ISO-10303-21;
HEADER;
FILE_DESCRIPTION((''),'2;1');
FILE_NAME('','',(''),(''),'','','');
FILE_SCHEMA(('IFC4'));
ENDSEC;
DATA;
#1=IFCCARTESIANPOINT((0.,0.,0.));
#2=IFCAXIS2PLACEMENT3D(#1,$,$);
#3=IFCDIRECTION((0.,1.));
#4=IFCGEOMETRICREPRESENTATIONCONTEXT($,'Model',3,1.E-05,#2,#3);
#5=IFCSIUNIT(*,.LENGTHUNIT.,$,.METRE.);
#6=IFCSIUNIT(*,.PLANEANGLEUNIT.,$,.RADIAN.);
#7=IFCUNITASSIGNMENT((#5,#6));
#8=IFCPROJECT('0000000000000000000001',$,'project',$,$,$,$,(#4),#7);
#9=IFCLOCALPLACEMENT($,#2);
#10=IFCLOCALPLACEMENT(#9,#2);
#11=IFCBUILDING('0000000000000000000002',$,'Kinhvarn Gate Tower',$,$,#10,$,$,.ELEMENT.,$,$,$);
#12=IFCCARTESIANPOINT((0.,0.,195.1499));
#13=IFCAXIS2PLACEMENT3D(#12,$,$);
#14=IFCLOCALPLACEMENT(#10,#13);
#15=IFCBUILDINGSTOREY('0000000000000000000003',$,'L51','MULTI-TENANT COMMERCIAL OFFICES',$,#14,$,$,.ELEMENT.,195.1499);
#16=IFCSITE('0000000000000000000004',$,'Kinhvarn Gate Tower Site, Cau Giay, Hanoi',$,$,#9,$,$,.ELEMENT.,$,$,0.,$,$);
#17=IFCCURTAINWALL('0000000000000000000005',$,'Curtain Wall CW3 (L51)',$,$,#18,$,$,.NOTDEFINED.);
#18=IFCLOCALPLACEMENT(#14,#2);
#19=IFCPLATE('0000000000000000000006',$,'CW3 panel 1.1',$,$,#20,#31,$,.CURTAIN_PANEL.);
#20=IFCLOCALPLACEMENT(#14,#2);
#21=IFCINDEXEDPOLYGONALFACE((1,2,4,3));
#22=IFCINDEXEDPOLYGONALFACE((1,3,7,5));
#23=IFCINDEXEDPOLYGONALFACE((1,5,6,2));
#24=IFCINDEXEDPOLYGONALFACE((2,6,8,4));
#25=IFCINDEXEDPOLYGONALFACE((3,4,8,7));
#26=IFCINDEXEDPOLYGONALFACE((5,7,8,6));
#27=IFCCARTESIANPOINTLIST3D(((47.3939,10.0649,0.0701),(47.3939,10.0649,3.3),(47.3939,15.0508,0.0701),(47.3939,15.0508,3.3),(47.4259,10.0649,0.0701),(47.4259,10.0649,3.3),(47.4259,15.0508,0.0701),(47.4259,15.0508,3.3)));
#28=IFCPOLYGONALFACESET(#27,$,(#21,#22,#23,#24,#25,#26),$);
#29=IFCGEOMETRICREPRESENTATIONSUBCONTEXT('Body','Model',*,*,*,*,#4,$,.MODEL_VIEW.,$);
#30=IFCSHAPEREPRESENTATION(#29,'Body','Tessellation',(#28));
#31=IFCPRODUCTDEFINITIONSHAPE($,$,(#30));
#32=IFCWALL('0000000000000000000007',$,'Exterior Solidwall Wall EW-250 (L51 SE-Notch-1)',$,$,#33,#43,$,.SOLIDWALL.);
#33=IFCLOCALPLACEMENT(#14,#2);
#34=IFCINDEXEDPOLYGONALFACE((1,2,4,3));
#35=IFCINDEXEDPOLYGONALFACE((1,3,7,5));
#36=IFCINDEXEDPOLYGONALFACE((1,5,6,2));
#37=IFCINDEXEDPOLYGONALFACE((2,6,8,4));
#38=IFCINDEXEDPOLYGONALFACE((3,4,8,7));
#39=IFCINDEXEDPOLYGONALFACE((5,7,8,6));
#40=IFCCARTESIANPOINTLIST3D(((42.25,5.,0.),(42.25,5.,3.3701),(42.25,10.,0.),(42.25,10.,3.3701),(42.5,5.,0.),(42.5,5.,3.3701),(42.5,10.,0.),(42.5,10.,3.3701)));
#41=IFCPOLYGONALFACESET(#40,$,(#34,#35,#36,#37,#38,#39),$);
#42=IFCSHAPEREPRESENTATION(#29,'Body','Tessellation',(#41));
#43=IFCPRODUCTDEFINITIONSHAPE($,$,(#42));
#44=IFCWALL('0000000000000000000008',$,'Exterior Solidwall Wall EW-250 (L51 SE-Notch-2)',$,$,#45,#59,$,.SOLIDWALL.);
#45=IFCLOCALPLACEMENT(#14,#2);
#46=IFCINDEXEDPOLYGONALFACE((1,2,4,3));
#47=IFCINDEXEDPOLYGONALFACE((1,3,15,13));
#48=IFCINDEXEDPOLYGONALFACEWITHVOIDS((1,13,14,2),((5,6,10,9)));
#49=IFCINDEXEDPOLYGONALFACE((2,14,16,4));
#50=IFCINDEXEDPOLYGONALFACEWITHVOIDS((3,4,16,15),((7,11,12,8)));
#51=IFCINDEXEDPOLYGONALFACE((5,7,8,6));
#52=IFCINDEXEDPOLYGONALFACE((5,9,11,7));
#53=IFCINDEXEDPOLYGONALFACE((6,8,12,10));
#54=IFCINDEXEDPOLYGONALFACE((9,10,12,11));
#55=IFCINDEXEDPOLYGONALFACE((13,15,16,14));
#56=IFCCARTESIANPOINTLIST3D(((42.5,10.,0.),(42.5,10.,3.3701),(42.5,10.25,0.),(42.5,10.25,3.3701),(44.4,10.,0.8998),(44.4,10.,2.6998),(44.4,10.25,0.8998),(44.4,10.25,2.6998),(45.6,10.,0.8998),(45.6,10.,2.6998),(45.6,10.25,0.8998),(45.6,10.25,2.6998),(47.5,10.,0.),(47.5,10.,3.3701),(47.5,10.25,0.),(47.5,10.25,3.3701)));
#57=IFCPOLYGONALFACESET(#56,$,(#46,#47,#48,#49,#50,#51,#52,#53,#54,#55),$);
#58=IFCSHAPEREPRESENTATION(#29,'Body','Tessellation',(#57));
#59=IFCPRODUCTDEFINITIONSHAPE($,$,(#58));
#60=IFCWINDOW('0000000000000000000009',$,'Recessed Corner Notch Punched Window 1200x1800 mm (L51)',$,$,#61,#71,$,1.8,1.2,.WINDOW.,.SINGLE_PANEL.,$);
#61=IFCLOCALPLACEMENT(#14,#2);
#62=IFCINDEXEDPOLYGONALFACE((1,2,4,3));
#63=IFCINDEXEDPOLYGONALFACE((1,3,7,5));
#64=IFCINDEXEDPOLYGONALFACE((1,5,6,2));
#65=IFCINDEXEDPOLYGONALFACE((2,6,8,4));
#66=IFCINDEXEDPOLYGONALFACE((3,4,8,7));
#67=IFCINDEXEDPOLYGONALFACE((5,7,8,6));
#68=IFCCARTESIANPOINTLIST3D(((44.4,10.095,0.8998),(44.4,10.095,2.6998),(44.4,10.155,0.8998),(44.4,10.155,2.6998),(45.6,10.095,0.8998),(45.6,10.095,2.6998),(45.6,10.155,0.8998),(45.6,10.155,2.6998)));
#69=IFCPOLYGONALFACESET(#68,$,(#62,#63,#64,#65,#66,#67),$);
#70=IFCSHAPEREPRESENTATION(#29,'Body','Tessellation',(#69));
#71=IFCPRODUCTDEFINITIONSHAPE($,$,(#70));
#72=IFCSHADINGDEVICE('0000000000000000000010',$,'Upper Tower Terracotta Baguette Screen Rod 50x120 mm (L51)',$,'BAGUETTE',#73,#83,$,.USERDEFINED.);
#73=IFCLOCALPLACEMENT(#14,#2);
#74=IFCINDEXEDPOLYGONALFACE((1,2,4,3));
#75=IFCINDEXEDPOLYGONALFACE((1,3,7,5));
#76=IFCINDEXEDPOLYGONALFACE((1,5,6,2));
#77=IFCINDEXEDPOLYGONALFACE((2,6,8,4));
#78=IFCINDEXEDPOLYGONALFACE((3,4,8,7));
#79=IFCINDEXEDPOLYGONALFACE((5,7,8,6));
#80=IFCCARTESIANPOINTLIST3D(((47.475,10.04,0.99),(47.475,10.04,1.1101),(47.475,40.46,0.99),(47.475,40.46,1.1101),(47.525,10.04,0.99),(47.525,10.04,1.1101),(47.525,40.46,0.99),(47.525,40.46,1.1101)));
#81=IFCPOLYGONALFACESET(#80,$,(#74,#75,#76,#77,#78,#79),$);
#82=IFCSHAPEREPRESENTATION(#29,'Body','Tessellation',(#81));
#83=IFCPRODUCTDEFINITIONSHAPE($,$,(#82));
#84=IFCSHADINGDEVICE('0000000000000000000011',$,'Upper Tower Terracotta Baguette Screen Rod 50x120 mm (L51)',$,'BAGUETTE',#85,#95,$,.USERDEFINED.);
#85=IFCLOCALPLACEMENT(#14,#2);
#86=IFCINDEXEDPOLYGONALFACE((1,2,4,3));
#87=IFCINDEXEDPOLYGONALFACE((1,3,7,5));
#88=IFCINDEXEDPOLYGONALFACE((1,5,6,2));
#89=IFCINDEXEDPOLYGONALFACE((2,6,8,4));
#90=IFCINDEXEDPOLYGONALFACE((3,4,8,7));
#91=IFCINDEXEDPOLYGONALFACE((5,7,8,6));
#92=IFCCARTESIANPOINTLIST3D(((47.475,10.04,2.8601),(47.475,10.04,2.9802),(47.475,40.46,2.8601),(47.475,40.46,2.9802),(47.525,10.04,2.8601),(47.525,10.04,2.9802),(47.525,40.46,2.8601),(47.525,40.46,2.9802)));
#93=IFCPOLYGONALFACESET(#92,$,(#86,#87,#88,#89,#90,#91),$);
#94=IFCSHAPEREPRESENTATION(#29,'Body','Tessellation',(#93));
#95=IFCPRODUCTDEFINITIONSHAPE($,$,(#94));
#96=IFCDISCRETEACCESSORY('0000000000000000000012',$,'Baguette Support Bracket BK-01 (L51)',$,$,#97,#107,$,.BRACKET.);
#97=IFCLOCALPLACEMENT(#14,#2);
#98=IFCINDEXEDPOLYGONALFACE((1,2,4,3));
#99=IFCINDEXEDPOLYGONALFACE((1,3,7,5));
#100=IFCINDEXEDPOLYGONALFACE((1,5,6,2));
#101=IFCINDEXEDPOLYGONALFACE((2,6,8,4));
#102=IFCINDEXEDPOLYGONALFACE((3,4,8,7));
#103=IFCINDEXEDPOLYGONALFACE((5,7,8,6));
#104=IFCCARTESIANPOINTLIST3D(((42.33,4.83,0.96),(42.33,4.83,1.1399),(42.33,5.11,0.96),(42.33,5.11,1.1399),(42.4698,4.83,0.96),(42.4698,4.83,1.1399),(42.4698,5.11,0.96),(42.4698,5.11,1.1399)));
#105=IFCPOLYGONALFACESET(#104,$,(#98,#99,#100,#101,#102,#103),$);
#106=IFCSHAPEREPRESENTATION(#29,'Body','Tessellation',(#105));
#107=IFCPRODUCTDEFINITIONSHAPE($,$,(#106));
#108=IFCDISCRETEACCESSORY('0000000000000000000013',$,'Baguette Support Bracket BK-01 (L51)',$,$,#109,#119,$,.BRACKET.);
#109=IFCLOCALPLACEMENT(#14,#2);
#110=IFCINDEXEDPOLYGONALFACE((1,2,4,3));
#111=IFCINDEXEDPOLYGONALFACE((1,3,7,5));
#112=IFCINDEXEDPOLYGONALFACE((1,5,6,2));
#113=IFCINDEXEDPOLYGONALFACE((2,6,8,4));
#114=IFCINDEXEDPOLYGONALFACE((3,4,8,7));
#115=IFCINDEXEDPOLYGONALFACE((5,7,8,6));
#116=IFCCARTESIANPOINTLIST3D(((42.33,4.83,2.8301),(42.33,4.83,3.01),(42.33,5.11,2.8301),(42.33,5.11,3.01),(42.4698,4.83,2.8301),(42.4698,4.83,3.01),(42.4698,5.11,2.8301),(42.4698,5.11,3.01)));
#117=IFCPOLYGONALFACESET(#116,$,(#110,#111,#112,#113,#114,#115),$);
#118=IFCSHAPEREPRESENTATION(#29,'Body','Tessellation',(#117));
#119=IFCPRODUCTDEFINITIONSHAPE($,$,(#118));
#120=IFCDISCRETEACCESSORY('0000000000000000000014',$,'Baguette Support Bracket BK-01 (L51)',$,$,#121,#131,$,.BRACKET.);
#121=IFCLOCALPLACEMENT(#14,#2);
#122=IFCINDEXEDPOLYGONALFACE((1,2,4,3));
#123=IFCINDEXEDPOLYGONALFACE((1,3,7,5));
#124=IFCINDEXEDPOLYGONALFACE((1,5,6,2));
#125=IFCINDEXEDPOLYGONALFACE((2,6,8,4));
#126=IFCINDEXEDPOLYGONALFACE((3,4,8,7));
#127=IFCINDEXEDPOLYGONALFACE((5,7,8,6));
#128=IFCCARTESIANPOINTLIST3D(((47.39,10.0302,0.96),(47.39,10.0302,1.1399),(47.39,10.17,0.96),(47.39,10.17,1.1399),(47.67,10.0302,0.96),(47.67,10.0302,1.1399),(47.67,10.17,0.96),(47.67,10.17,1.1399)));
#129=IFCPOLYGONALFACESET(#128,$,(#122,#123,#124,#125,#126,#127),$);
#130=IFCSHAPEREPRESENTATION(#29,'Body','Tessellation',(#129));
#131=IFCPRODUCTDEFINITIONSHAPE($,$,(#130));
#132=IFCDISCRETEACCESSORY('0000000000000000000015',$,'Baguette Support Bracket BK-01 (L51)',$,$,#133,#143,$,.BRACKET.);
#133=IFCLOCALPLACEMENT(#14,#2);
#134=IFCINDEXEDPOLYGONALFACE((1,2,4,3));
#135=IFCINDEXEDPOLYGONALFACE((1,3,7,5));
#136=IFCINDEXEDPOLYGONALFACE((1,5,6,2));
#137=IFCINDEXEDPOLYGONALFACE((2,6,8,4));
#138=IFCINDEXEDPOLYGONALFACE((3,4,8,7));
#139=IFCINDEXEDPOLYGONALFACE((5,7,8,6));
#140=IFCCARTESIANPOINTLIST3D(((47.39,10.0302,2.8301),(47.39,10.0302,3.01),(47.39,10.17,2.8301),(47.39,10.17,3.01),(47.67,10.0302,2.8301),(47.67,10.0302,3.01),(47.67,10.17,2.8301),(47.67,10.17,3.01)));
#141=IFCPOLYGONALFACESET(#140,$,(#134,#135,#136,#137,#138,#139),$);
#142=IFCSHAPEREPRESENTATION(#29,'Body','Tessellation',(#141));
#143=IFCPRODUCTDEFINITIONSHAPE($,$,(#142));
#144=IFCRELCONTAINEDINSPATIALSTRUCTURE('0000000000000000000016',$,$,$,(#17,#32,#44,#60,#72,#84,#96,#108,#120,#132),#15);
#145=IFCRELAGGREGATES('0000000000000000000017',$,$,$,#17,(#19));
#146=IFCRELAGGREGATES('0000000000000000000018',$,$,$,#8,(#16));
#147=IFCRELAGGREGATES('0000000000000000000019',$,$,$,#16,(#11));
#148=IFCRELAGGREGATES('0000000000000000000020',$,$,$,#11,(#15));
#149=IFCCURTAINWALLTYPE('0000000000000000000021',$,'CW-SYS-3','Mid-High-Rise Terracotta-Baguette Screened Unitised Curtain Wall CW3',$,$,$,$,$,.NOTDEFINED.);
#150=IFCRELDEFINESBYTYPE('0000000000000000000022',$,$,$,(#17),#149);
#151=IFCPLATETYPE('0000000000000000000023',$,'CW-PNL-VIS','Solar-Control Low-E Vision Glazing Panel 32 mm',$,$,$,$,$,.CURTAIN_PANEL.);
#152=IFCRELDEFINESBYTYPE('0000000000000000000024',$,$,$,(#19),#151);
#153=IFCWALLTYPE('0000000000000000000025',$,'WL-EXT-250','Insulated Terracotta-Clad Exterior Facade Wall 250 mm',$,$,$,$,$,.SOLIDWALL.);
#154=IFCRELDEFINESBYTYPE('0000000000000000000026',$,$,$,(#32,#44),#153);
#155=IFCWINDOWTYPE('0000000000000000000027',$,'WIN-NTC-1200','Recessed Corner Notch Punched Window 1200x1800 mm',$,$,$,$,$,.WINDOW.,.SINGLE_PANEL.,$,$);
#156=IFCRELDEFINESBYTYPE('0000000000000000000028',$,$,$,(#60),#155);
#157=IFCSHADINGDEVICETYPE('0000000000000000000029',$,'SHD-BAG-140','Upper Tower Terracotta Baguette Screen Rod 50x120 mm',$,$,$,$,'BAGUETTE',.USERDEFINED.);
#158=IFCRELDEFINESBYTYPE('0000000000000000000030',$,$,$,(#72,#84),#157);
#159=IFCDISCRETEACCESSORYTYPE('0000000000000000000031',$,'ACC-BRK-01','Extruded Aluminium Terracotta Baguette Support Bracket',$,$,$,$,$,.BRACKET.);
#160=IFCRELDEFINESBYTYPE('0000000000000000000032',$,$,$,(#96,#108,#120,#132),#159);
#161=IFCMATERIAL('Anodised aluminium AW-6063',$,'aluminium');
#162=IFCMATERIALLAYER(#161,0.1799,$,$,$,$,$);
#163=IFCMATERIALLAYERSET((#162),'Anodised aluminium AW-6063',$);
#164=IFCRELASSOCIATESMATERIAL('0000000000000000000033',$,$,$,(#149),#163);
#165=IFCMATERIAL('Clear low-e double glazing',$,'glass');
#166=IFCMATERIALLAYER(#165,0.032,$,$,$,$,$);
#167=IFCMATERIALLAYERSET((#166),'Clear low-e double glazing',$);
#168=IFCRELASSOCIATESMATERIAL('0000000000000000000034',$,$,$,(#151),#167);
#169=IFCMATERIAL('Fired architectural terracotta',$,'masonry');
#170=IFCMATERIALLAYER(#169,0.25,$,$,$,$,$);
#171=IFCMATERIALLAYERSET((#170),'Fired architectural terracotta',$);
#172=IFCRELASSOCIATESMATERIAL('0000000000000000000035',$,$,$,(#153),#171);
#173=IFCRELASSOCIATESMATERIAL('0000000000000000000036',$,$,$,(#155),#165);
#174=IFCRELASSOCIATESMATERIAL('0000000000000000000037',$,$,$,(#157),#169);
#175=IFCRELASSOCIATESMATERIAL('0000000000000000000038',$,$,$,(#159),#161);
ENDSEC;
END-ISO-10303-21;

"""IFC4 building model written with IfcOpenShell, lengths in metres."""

from ifc_helpers import new_model, si_unit, direction, frame, frame_2d, origin, origin_2d, place, context, subcontext, project, spatial, rectangle, extrude, material, layer, layer_set, material_profile, profile_set, type_object, element, fill, aggregate, save


model = new_model("IFC4")

# Units and contexts
model_context = context("Model", 3, precision=1e-05, world=origin(), true_north=direction((0.0, 1.0)))
body_context = subcontext(model_context, "Body", "Model", "MODEL_VIEW")
ifc_project = project(units=[si_unit("LENGTHUNIT", "METRE"), si_unit("PLANEANGLEUNIT", "RADIAN")], contexts=[model_context])

# Site, building, storey
site_placement = place(None, origin())
site = spatial("IfcSite", under=ifc_project, at=site_placement, Name="Kinhvarn Gate Tower Site, Cau Giay, Hanoi", CompositionType="ELEMENT", RefElevation=0.0)
building_placement = place(site_placement, origin())
building = spatial("IfcBuilding", under=site, at=building_placement, Name="Kinhvarn Gate Tower", CompositionType="ELEMENT")
storey_placement = place(building_placement, frame((0.0, 0.0, 195.1499)))
storey = spatial("IfcBuildingStorey", under=building, at=storey_placement, Name="L51", Description="MULTI-TENANT COMMERCIAL OFFICES", CompositionType="ELEMENT", Elevation=195.1499)

# Shared definitions
ifc_material_1 = material(Name="Anodised aluminium AW-6063", Category="aluminium")
ifc_layer_1 = layer(ifc_material_1, 0.1799)
ifc_layer_set_1 = layer_set([ifc_layer_1], Name="Anodised aluminium AW-6063")
curtain_wall_type = type_object("IfcCurtainWallType", Name="CW-SYS-3", Description="Mid-High-Rise Terracotta-Baguette Screened Unitised Curtain Wall CW3", PredefinedType="NOTDEFINED", material=ifc_layer_set_1)

# Curtain wall
curtain_wall_1_placement = place(storey_placement, origin())
curtain_wall_1 = element("IfcCurtainWall", 1, at=curtain_wall_1_placement, inside=storey, type_object=curtain_wall_type, Name="Curtain Wall CW3 (L51)", PredefinedType="NOTDEFINED")

# Plate
ifc_material_2 = material(Name="Clear low-e double glazing", Category="glass")
ifc_layer_2 = layer(ifc_material_2, 0.032)
ifc_layer_set_2 = layer_set([ifc_layer_2], Name="Clear low-e double glazing")
plate_type = type_object("IfcPlateType", Name="CW-PNL-VIS", Description="Solar-Control Low-E Vision Glazing Panel 32 mm", PredefinedType="CURTAIN_PANEL", material=ifc_layer_set_2)
plate_1_placement = place(storey_placement, frame((47.4099, 12.5579, 0.0701), z_axis=(0.0, 0.0, 1.0), x_axis=(0.0, 1.0, 0.0)))
plate_1 = element("IfcPlate", 2, at=plate_1_placement, type_object=plate_type, Name="CW3 panel 1.1", PredefinedType="CURTAIN_PANEL", context=body_context, shape_type="SweptSolid", body=[
    extrude(rectangle(XDim=4.9858, YDim=0.032, at=origin_2d()), origin(), (0.0, 0.0, 1.0), 3.23),
])
aggregate(curtain_wall_1, [plate_1])

# Wall
ifc_material_3 = material(Name="Fired architectural terracotta", Category="masonry")
ifc_layer_3 = layer(ifc_material_3, 0.25)
ifc_layer_set_3 = layer_set([ifc_layer_3], Name="Fired architectural terracotta")
wall_type = type_object("IfcWallType", Name="WL-EXT-250", Description="Insulated Terracotta-Clad Exterior Facade Wall 250 mm", PredefinedType="SOLIDWALL", material=ifc_layer_set_3)
wall_1_placement = place(storey_placement, frame((42.375, 5.0, 0.0), z_axis=(0.0, 0.0, 1.0), x_axis=(0.0, 1.0, 0.0)))
element("IfcWall", 3, at=wall_1_placement, inside=storey, type_object=wall_type, Name="Exterior Solidwall Wall EW-250 (L51 SE-Notch-1)", PredefinedType="SOLIDWALL", context=body_context, shape_type="SweptSolid", body=[
    extrude(rectangle(XDim=5.0, YDim=0.25, at=frame_2d((2.5, 0.0))), origin(), (0.0, 0.0, 1.0), 3.3701),
])

# Wall, opening, window
wall_2_placement = place(storey_placement, frame((42.5, 10.125, 0.0), z_axis=(0.0, 0.0, 1.0), x_axis=(1.0, 0.0, 0.0)))
wall_2 = element("IfcWall", 4, at=wall_2_placement, inside=storey, type_object=wall_type, Name="Exterior Solidwall Wall EW-250 (L51 SE-Notch-2)", PredefinedType="SOLIDWALL", context=body_context, shape_type="SweptSolid", body=[
    extrude(rectangle(XDim=5.0, YDim=0.25, at=frame_2d((2.5, 0.0))), origin(), (0.0, 0.0, 1.0), 3.3701),
])
opening_placement = place(wall_2_placement, frame((1.8999, 0.0, 0.8999)))
opening = element("IfcOpeningElement", 5, at=opening_placement, cuts=wall_2, PredefinedType="OPENING", context=body_context, shape_type="SweptSolid", body=[
    extrude(rectangle(XDim=1.2, YDim=1.8, at=frame_2d((0.6001, 0.8999))), frame((0.0, 0.135, 0.0), z_axis=(0.0, -1.0, 0.0), x_axis=(1.0, 0.0, 0.0)), (0.0, 0.0, 1.0), 0.27),
])
window_type = type_object("IfcWindowType", Name="WIN-NTC-1200", Description="Recessed Corner Notch Punched Window 1200x1800 mm", PartitioningType="SINGLE_PANEL", PredefinedType="WINDOW", material=ifc_material_2)
window_placement = place(opening_placement, origin())
window = element("IfcWindow", 6, at=window_placement, inside=storey, type_object=window_type, Name="Recessed Corner Notch Punched Window 1200x1800 mm (L51)", OverallHeight=1.8, OverallWidth=1.2, PartitioningType="SINGLE_PANEL", PredefinedType="WINDOW", context=body_context, shape_type="SweptSolid", body=[
    extrude(rectangle(XDim=1.2, YDim=1.8, at=frame_2d((0.6001, 0.8999))), frame((0.0, 0.03, 0.0), z_axis=(0.0, -1.0, 0.0), x_axis=(1.0, 0.0, 0.0)), (0.0, 0.0, 1.0), 0.0601),
])
fill(opening, window)

# Shading devices
ifc_material_profile_1 = material_profile(ifc_material_3, rectangle(XDim=0.05, YDim=0.1201, at=origin_2d()), Name="TC 50x120")
ifc_profile_set_1 = profile_set([ifc_material_profile_1], Name="Fired architectural terracotta")
shading_device_type = type_object("IfcShadingDeviceType", Name="SHD-BAG-140", Description="Upper Tower Terracotta Baguette Screen Rod 50x120 mm", ElementType="BAGUETTE", PredefinedType="USERDEFINED", material=ifc_profile_set_1)
for number, where, z_axis, x_axis, name in (
    (7, (47.5, 10.04, 1.05), (0.0, 1.0, 0.0), (-1.0, 0.0, 0.0), "Upper Tower Terracotta Baguette Screen Rod 50x120 mm (L51)"),
    (8, (47.5, 10.04, 2.9202), (0.0, 1.0, 0.0), (-1.0, 0.0, 0.0), "Upper Tower Terracotta Baguette Screen Rod 50x120 mm (L51)"),
):
    element("IfcShadingDevice", number, at=place(storey_placement, frame(where, z_axis=z_axis, x_axis=x_axis)), inside=storey, type_object=shading_device_type, Name=name, ObjectType="BAGUETTE", PredefinedType="USERDEFINED", context=body_context, shape_type="SweptSolid", body=[
        extrude(rectangle(XDim=0.05, YDim=0.1201, at=origin_2d()), origin(), (0.0, 0.0, 1.0), 30.4199),
    ])

# Discrete accessories
discrete_accessory_type = type_object("IfcDiscreteAccessoryType", Name="ACC-BRK-01", Description="Extruded Aluminium Terracotta Baguette Support Bracket", PredefinedType="BRACKET", material=ifc_material_1)
for number, where, z_axis, x_axis, name in (
    (9, (42.3999, 4.97, 0.96), (0.0, 0.0, 1.0), (1.0, 0.0, 0.0), "Baguette Support Bracket BK-01 (L51)"),
    (10, (42.3999, 4.97, 2.8301), (0.0, 0.0, 1.0), (1.0, 0.0, 0.0), "Baguette Support Bracket BK-01 (L51)"),
    (11, (47.53, 10.1001, 0.96), (0.0, 0.0, 1.0), (0.0, 1.0, 0.0), "Baguette Support Bracket BK-01 (L51)"),
    (12, (47.53, 10.1001, 2.8301), (0.0, 0.0, 1.0), (0.0, 1.0, 0.0), "Baguette Support Bracket BK-01 (L51)"),
):
    element("IfcDiscreteAccessory", number, at=place(storey_placement, frame(where, z_axis=z_axis, x_axis=x_axis)), inside=storey, type_object=discrete_accessory_type, Name=name, PredefinedType="BRACKET", context=body_context, shape_type="SweptSolid", body=[
        extrude(rectangle(XDim=0.1399, YDim=0.28, at=origin_2d()), origin(), (0.0, 0.0, 1.0), 0.1799),
    ])

save(model, "model.ifc")
